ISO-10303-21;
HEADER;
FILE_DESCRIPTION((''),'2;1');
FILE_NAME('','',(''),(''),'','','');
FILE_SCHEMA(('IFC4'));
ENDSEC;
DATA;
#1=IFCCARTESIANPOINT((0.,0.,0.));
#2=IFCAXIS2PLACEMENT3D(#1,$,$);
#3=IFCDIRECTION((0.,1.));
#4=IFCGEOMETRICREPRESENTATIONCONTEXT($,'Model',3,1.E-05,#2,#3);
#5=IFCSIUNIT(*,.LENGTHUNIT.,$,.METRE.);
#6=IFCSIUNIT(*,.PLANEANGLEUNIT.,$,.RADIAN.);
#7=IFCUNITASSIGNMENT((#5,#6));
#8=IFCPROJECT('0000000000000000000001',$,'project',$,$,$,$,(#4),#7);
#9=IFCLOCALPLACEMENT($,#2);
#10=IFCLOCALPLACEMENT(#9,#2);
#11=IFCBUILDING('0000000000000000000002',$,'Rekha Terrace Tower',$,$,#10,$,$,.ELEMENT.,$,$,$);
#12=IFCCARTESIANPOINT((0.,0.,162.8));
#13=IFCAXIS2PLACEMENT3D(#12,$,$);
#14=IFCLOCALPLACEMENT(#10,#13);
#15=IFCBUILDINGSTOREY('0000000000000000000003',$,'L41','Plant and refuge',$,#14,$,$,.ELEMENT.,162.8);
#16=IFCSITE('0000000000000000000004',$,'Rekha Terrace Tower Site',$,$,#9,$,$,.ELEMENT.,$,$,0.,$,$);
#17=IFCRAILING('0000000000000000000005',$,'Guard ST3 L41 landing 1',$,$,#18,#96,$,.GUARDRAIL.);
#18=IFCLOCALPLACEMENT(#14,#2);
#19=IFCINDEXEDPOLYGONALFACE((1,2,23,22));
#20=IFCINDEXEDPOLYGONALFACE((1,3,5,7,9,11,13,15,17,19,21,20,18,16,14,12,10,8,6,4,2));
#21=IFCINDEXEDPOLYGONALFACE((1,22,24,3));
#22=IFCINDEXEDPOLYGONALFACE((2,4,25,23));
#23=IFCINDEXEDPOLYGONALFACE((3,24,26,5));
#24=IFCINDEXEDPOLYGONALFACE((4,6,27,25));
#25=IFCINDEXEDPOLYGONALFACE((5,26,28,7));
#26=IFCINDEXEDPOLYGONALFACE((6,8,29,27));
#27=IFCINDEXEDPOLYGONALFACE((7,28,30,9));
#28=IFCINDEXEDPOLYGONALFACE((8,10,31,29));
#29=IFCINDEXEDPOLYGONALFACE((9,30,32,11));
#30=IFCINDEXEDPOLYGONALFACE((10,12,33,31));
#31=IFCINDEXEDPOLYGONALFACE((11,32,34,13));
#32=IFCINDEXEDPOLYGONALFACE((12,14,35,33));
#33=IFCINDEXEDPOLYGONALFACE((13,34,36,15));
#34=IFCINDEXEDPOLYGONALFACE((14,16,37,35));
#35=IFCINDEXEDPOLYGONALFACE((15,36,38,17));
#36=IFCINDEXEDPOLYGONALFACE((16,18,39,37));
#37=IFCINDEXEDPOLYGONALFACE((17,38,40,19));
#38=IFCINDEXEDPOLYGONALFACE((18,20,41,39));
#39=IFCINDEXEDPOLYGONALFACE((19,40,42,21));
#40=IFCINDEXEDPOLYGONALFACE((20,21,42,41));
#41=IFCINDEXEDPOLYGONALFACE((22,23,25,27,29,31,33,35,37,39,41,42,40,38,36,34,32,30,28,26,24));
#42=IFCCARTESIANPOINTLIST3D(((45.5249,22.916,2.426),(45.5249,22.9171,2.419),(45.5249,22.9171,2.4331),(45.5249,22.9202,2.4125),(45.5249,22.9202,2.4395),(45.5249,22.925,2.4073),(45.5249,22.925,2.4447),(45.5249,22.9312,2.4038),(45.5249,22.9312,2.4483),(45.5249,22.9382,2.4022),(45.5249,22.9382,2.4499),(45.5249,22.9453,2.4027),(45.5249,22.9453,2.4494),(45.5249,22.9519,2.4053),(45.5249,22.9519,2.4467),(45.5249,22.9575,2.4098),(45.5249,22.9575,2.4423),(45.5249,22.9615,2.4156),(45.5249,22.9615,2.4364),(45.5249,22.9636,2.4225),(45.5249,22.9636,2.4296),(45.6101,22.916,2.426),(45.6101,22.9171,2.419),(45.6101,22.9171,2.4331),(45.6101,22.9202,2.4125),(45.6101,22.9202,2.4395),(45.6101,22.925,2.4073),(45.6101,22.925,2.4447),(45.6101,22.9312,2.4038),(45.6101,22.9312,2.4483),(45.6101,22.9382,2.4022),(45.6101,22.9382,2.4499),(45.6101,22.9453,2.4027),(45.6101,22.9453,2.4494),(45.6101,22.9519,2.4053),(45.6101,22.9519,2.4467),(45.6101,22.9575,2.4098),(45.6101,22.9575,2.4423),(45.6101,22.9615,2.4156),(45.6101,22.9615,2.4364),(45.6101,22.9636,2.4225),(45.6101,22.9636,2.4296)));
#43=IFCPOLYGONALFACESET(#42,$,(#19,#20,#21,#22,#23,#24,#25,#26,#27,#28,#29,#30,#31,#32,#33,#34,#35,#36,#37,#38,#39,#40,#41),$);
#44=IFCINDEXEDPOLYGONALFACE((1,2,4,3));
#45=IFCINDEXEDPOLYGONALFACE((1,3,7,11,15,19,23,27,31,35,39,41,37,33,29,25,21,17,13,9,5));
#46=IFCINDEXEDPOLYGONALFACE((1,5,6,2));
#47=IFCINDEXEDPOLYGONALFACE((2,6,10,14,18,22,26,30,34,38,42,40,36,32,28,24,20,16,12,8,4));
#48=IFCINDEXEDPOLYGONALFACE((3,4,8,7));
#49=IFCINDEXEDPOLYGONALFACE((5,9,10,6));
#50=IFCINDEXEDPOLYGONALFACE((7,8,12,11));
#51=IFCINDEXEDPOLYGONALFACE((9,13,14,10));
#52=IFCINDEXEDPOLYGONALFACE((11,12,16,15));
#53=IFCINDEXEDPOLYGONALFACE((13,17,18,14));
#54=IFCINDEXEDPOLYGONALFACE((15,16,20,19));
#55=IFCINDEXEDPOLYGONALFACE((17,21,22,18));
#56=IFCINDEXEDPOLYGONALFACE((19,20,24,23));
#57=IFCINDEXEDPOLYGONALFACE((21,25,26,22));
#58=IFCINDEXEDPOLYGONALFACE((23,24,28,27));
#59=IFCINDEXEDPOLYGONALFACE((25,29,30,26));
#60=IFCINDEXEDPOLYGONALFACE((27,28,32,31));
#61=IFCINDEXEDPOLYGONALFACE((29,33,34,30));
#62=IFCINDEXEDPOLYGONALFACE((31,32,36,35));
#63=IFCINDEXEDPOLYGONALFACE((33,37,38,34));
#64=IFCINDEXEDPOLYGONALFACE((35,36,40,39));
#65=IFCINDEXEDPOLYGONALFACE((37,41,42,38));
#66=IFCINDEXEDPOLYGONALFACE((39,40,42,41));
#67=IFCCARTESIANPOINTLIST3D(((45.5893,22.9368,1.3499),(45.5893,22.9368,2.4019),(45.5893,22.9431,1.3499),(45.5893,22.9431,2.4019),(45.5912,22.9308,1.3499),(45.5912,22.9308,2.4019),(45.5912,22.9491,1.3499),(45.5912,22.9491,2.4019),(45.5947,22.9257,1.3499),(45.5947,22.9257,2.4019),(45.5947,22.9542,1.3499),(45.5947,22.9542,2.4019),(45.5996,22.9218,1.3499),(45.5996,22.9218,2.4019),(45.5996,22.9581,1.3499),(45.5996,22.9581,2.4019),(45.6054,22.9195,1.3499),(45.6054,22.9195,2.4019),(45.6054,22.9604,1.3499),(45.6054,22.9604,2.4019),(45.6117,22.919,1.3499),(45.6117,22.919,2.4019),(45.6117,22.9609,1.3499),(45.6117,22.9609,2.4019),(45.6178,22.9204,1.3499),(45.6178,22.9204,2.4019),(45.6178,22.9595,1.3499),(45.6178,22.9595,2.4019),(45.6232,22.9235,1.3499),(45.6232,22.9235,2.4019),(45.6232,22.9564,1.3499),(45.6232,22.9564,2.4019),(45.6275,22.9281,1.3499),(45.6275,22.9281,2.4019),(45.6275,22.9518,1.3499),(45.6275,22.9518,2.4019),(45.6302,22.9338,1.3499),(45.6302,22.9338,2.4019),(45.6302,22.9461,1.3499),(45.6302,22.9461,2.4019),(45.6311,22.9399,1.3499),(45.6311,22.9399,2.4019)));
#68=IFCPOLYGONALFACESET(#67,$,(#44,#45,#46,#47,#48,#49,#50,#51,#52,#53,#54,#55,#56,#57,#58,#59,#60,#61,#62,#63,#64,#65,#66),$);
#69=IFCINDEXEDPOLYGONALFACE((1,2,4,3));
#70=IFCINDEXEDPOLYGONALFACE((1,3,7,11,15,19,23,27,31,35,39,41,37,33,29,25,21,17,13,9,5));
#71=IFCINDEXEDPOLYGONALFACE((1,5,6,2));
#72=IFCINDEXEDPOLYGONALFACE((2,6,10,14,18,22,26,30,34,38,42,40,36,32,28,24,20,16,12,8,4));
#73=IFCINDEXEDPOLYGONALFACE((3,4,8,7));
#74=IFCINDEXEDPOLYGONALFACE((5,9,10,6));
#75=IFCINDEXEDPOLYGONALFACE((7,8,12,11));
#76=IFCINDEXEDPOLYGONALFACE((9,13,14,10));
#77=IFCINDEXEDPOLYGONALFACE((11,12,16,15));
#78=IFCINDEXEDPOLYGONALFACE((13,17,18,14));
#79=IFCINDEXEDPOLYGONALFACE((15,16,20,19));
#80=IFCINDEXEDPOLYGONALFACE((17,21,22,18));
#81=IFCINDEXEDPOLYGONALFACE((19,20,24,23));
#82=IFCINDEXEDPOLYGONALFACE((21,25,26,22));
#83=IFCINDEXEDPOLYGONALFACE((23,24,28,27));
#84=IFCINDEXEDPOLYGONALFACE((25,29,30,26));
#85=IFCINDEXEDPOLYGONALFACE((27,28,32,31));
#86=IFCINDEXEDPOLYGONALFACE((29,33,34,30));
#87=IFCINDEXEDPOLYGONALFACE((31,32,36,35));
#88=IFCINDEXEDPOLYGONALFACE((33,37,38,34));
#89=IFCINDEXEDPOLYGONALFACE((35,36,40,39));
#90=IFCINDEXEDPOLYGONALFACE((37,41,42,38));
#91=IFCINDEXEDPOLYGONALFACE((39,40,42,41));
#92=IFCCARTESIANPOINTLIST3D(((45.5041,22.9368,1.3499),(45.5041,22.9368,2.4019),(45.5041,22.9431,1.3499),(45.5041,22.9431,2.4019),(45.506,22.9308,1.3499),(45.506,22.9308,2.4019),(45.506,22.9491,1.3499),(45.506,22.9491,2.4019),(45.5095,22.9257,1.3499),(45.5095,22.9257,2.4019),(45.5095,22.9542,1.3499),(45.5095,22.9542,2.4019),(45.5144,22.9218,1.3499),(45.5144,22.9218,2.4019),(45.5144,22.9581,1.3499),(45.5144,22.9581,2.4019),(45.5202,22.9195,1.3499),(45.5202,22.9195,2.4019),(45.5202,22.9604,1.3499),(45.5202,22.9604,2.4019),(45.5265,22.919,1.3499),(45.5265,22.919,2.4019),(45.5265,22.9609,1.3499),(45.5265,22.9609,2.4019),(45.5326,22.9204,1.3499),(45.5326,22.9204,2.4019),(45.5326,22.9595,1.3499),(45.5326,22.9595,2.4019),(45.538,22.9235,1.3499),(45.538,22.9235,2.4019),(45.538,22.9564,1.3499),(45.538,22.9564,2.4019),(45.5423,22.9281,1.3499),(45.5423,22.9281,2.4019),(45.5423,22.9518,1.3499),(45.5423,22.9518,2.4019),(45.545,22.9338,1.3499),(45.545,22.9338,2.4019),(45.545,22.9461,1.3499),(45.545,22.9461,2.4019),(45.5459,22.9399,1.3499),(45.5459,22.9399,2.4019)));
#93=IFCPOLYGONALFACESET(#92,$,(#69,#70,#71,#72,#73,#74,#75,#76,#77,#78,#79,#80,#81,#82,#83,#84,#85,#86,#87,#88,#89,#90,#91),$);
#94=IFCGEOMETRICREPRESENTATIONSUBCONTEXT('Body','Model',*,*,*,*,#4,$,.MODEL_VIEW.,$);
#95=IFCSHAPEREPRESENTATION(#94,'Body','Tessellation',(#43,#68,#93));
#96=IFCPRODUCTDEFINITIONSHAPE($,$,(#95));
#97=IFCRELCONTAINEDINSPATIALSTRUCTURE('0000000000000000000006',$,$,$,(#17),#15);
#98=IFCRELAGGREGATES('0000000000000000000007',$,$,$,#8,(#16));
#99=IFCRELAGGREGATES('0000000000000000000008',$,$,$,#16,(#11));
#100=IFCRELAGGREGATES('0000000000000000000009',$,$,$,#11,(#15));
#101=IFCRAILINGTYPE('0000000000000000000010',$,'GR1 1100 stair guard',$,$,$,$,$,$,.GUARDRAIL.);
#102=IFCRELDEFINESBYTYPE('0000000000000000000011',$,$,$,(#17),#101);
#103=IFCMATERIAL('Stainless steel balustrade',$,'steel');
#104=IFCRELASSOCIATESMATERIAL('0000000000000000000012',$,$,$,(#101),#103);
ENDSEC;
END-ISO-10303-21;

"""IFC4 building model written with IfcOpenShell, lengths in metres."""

from ifc_helpers import new_model, si_unit, direction, frame, origin, origin_2d, place, context, subcontext, project, spatial, circle, extrude, material, type_object, element, save


model = new_model("IFC4")

# Units and contexts
model_context = context("Model", 3, precision=1e-05, world=origin(), true_north=direction((0.0, 1.0)))
body_context = subcontext(model_context, "Body", "Model", "MODEL_VIEW")
ifc_project = project(units=[si_unit("LENGTHUNIT", "METRE"), si_unit("PLANEANGLEUNIT", "RADIAN")], contexts=[model_context])

# Site, building, storey
site_placement = place(None, origin())
site = spatial("IfcSite", under=ifc_project, at=site_placement, Name="Rekha Terrace Tower Site", CompositionType="ELEMENT", RefElevation=0.0)
building_placement = place(site_placement, origin())
building = spatial("IfcBuilding", under=site, at=building_placement, Name="Rekha Terrace Tower", CompositionType="ELEMENT")
storey_placement = place(building_placement, frame((0.0, 0.0, 162.8)))
storey = spatial("IfcBuildingStorey", under=building, at=storey_placement, Name="L41", Description="Plant and refuge", CompositionType="ELEMENT", Elevation=162.8)

# Railing
ifc_material_1 = material(Name="Stainless steel balustrade", Category="steel")
railing_type_1 = type_object("IfcRailingType", Name="GR1 1100 stair guard", PredefinedType="GUARDRAIL", material=ifc_material_1)
railing_1_placement = place(storey_placement, frame((45.6101, 22.9399, 1.3499)))
element("IfcRailing", 1, at=railing_1_placement, inside=storey, type_object=railing_type_1, Name="Guard ST3 L41 landing 1", PredefinedType="GUARDRAIL", context=body_context, shape_type="SweptSolid", body=[
    extrude(circle(Radius=0.0239, at=origin_2d()), frame((0.0, 0.0, 1.0762), z_axis=(-1.0, 0.0, 0.0), x_axis=(0.0, -1.0, 0.0)), (0.0, 0.0, 1.0), 0.0852),
    extrude(circle(Radius=0.021, at=origin_2d()), origin(), (0.0, 0.0, 1.0), 1.052),
    extrude(circle(Radius=0.021, at=origin_2d()), frame((-0.0852, 0.0, 0.0)), (0.0, 0.0, 1.0), 1.052),
])

save(model, "model.ifc")
